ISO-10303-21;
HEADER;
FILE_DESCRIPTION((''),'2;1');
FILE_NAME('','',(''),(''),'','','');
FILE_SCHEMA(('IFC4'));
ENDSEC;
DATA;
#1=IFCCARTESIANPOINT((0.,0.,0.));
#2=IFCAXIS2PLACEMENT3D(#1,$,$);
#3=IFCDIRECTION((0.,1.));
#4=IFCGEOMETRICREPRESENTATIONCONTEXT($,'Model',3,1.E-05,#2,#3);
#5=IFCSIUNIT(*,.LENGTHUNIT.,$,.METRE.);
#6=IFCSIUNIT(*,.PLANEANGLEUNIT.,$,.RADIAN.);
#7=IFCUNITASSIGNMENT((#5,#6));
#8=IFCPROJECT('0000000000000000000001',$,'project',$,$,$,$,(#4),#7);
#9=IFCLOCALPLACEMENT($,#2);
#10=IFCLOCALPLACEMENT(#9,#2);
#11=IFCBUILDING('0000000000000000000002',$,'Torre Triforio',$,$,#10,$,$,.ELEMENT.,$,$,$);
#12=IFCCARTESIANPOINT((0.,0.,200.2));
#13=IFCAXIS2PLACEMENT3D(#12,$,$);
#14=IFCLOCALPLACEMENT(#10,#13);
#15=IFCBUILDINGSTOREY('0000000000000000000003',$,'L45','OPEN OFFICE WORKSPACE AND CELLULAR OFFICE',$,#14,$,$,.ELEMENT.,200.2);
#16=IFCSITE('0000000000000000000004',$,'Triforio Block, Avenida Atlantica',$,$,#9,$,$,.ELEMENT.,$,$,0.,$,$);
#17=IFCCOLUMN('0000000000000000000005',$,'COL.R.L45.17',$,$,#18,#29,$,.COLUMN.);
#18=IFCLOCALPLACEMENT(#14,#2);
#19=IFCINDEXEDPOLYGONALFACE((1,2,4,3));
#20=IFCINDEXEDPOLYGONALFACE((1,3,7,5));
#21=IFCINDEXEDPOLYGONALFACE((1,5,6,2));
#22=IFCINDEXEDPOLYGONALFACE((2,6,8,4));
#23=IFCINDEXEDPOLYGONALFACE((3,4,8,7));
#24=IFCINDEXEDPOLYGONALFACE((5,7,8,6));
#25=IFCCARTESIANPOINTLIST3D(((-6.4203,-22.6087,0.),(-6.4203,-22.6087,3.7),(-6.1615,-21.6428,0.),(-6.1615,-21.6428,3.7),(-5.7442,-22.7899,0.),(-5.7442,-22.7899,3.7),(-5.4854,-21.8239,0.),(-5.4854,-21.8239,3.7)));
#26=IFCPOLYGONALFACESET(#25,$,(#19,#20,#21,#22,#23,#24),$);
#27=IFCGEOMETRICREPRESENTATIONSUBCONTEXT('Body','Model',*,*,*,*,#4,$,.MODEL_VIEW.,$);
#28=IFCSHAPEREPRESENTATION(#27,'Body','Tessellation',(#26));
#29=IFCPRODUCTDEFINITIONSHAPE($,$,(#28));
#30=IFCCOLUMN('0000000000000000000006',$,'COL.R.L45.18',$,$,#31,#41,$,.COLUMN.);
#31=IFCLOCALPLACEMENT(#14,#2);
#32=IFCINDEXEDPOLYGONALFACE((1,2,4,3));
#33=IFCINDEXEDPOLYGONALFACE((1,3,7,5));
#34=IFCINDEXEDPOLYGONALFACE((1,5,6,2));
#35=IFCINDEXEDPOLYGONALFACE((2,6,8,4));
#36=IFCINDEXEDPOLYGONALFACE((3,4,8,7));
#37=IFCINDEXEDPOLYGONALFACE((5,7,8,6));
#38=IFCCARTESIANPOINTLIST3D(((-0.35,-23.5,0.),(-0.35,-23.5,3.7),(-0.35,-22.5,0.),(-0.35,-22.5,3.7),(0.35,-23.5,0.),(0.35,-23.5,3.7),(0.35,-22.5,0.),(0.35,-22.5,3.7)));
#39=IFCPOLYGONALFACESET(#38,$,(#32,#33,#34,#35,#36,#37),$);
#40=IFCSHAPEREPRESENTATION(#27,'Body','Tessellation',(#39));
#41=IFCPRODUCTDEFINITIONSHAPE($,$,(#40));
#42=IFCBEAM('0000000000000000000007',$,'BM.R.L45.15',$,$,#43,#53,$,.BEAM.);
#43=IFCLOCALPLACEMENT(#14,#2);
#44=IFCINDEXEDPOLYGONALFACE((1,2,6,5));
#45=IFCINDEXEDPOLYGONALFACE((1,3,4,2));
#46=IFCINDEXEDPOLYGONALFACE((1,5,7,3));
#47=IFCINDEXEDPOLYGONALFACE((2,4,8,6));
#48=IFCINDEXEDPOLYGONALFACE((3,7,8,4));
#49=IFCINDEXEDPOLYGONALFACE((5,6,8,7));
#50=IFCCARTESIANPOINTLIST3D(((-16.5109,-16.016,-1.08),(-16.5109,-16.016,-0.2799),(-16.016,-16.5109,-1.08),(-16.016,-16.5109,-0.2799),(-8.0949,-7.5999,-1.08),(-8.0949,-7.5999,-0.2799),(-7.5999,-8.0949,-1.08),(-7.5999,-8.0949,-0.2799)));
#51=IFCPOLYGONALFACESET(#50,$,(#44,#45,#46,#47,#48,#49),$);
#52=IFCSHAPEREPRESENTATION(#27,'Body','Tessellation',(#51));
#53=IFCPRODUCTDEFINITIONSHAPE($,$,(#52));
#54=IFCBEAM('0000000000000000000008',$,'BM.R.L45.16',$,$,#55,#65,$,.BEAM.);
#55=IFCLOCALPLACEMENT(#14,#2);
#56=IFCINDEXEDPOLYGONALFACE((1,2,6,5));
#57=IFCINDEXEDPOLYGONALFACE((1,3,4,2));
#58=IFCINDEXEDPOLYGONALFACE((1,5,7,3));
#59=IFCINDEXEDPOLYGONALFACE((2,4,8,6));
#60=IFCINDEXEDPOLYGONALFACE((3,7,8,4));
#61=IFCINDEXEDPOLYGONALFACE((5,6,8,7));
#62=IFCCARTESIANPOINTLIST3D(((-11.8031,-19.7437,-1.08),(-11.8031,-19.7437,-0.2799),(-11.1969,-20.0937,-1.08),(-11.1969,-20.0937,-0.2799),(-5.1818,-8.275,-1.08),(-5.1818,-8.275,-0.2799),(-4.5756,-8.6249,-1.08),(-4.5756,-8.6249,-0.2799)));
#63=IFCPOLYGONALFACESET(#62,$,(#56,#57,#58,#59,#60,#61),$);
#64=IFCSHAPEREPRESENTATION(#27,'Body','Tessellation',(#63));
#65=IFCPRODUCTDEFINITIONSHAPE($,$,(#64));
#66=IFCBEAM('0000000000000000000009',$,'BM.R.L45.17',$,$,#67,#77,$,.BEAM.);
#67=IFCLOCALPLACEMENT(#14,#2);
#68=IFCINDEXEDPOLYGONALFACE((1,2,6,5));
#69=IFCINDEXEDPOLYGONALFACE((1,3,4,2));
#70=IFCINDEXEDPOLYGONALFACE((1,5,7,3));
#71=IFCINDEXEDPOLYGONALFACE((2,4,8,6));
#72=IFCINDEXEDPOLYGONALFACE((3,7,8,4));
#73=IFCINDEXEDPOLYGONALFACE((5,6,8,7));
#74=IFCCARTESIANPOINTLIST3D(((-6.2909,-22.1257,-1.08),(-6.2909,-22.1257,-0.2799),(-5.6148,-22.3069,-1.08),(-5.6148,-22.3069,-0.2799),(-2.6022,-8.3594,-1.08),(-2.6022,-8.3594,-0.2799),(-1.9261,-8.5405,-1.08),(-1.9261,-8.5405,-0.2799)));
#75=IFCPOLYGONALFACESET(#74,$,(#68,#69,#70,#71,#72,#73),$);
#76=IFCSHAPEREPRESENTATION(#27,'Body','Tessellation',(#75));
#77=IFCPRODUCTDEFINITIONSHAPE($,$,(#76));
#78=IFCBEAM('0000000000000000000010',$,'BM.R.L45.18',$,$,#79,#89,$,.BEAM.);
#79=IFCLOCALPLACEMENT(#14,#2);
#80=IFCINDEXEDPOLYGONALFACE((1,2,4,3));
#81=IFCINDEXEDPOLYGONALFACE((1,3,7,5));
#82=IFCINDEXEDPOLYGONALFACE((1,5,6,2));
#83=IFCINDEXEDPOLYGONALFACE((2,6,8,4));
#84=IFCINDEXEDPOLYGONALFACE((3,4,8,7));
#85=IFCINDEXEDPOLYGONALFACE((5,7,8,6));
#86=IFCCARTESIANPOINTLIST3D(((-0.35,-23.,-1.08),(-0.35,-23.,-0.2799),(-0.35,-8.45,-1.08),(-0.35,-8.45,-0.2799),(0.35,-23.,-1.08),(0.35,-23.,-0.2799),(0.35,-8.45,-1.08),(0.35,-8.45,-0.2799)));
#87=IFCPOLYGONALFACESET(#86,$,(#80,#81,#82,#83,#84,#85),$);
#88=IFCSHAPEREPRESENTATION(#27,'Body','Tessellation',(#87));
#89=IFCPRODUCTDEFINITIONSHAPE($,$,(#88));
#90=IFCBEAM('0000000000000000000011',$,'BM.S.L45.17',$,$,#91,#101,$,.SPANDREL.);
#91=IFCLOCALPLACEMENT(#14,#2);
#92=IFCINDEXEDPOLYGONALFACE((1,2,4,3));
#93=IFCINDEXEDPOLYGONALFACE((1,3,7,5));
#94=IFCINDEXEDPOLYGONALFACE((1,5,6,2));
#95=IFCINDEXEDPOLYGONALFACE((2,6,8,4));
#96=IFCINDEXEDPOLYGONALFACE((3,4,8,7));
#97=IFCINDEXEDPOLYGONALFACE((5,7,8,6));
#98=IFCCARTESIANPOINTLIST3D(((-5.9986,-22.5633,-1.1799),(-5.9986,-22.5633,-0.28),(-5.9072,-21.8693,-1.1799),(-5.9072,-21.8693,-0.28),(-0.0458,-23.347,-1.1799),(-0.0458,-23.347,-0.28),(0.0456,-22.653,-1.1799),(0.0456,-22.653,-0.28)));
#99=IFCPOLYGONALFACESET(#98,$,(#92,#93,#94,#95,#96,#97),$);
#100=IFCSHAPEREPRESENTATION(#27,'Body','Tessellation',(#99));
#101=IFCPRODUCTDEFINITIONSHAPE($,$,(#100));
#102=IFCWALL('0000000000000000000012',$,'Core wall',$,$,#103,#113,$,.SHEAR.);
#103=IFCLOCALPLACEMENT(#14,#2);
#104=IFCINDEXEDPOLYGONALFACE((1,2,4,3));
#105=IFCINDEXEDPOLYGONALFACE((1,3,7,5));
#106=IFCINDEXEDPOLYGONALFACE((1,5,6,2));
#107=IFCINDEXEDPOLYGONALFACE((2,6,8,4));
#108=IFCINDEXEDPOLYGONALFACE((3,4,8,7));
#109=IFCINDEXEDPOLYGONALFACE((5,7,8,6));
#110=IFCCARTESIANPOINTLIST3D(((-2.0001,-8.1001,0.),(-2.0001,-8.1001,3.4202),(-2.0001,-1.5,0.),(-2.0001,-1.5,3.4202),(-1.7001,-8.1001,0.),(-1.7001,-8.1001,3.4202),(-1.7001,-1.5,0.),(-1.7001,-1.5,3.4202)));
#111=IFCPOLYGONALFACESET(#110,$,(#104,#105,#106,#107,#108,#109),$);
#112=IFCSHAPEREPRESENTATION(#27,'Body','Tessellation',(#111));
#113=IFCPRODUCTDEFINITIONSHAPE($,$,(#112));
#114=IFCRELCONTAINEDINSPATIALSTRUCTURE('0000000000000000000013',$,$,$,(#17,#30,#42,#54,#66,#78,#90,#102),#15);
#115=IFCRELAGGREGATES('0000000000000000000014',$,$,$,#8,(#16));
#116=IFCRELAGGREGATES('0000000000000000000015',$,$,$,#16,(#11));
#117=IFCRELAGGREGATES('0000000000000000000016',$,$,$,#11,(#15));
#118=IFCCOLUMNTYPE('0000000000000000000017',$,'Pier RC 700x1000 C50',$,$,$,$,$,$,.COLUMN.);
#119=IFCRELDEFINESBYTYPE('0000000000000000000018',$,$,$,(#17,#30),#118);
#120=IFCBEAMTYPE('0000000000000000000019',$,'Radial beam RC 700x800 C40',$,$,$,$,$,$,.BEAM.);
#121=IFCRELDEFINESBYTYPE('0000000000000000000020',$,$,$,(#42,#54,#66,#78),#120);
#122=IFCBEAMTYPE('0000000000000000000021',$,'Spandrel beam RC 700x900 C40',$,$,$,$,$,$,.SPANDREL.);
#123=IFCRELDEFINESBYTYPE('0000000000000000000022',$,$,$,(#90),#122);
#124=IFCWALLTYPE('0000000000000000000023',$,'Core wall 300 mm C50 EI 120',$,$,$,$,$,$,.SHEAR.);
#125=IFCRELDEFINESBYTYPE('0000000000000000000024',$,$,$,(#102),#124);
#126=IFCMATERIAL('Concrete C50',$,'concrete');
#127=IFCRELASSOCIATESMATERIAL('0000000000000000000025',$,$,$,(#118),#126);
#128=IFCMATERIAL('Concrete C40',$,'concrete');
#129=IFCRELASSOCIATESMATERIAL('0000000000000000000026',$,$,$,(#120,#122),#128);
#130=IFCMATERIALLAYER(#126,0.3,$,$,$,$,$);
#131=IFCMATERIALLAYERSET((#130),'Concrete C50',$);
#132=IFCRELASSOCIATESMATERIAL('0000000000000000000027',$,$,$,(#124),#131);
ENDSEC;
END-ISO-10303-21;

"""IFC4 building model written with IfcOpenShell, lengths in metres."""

from ifc_helpers import new_model, si_unit, direction, frame, frame_2d, origin, origin_2d, place, context, subcontext, project, spatial, rectangle, extrude, material, layer, layer_set, material_profile, profile_set, type_object, element, save


model = new_model("IFC4")

# Units and contexts
model_context = context("Model", 3, precision=1e-05, world=origin(), true_north=direction((0.0, 1.0)))
body_context = subcontext(model_context, "Body", "Model", "MODEL_VIEW")
ifc_project = project(units=[si_unit("LENGTHUNIT", "METRE"), si_unit("PLANEANGLEUNIT", "RADIAN")], contexts=[model_context])

# Site, building, storey
site_placement = place(None, origin())
site = spatial("IfcSite", under=ifc_project, at=site_placement, Name="Triforio Block, Avenida Atlantica", CompositionType="ELEMENT", RefElevation=0.0)
building_placement = place(site_placement, origin())
building = spatial("IfcBuilding", under=site, at=building_placement, Name="Torre Triforio", CompositionType="ELEMENT")
storey_placement = place(building_placement, frame((0.0, 0.0, 200.2)))
storey = spatial("IfcBuildingStorey", under=building, at=storey_placement, Name="L45", Description="OPEN OFFICE WORKSPACE AND CELLULAR OFFICE", CompositionType="ELEMENT", Elevation=200.2)

# Columns
ifc_material_1 = material(Name="Concrete C50", Category="concrete")
ifc_material_profile_1 = material_profile(ifc_material_1, rectangle(XDim=0.7, YDim=1.0, at=origin_2d()), Name="RC 700x1000")
ifc_profile_set_1 = profile_set([ifc_material_profile_1], Name="Concrete C50")
column_type = type_object("IfcColumnType", Name="Pier RC 700x1000 C50", PredefinedType="COLUMN", material=ifc_profile_set_1)
for number, where, z_axis, x_axis, name in (
    (1, (-5.9529, -22.2163, 0.0), (0.0, 0.0, 1.0), (0.965926, -0.258819, 0.0), "COL.R.L45.17"),
    (2, (0.0, -23.0, 0.0), (0.0, 0.0, 1.0), (1.0, 0.0, 0.0), "COL.R.L45.18"),
):
    element("IfcColumn", number, at=place(storey_placement, frame(where, z_axis=z_axis, x_axis=x_axis)), inside=storey, type_object=column_type, Name=name, PredefinedType="COLUMN", context=body_context, shape_type="SweptSolid", body=[
        extrude(rectangle(XDim=0.7, YDim=1.0, at=origin_2d()), origin(), (0.0, 0.0, 1.0), 3.7),
    ])

# Beams
ifc_material_2 = material(Name="Concrete C40", Category="concrete")
ifc_material_profile_2 = material_profile(ifc_material_2, rectangle(XDim=0.7, YDim=0.8, at=origin_2d()), Name="RC 700x800")
ifc_profile_set_2 = profile_set([ifc_material_profile_2], Name="Concrete C40")
beam_type_1 = type_object("IfcBeamType", Name="Radial beam RC 700x800 C40", PredefinedType="BEAM", material=ifc_profile_set_2)
beam_1_placement = place(storey_placement, frame((-7.8474, -7.8474, -0.6799), z_axis=(-0.707107, -0.707107, 0.0), x_axis=(0.707107, -0.707107, 0.0)))
element("IfcBeam", 3, at=beam_1_placement, inside=storey, type_object=beam_type_1, Name="BM.R.L45.15", PredefinedType="BEAM", context=body_context, shape_type="SweptSolid", body=[
    extrude(rectangle(XDim=0.7, YDim=0.8, at=origin_2d()), origin(), (0.0, 0.0, 1.0), 11.9021),
])
beam_2_placement = place(storey_placement, frame((-4.8787, -8.45, -0.6799), z_axis=(-0.499992, -0.86603, 0.0), x_axis=(0.86603, -0.499992, 0.0)))
element("IfcBeam", 4, at=beam_2_placement, inside=storey, type_object=beam_type_1, Name="BM.R.L45.16", PredefinedType="BEAM", context=body_context, shape_type="SweptSolid", body=[
    extrude(rectangle(XDim=0.7, YDim=0.8, at=origin_2d()), origin(), (0.0, 0.0, 1.0), 13.2429),
])
beam_3_placement = place(storey_placement, frame((-2.2642, -8.45, -0.6799), z_axis=(-0.258821, -0.965925, 0.0), x_axis=(0.965925, -0.258821, 0.0)))
element("IfcBeam", 5, at=beam_3_placement, inside=storey, type_object=beam_type_1, Name="BM.R.L45.17", PredefinedType="BEAM", context=body_context, shape_type="SweptSolid", body=[
    extrude(rectangle(XDim=0.7, YDim=0.8, at=origin_2d()), origin(), (0.0, 0.0, 1.0), 14.252),
])
beam_4_placement = place(storey_placement, frame((0.0, -8.45, -0.6799), z_axis=(0.0, -1.0, 0.0), x_axis=(1.0, 0.0, 0.0)))
element("IfcBeam", 6, at=beam_4_placement, inside=storey, type_object=beam_type_1, Name="BM.R.L45.18", PredefinedType="BEAM", context=body_context, shape_type="SweptSolid", body=[
    extrude(rectangle(XDim=0.7, YDim=0.8, at=origin_2d()), origin(), (0.0, 0.0, 1.0), 14.55),
])
ifc_material_profile_3 = material_profile(ifc_material_2, rectangle(XDim=0.7, YDim=0.8999, at=origin_2d()), Name="RC 700x900")
ifc_profile_set_3 = profile_set([ifc_material_profile_3], Name="Concrete C40")
beam_type_2 = type_object("IfcBeamType", Name="Spandrel beam RC 700x900 C40", PredefinedType="SPANDREL", material=ifc_profile_set_3)
beam_5_placement = place(storey_placement, frame((-5.9529, -22.2163, -0.73), z_axis=(0.991445, -0.130523, 0.0), x_axis=(0.130523, 0.991445, 0.0)))
element("IfcBeam", 7, at=beam_5_placement, inside=storey, type_object=beam_type_2, Name="BM.S.L45.17", PredefinedType="SPANDREL", context=body_context, shape_type="SweptSolid", body=[
    extrude(rectangle(XDim=0.7, YDim=0.8999, at=origin_2d()), origin(), (0.0, 0.0, 1.0), 6.0042),
])

# Wall
ifc_layer_1 = layer(ifc_material_1, 0.3)
ifc_layer_set_1 = layer_set([ifc_layer_1], Name="Concrete C50")
wall_type_1 = type_object("IfcWallType", Name="Core wall 300 mm C50 EI 120", PredefinedType="SHEAR", material=ifc_layer_set_1)
wall_1_placement = place(storey_placement, frame((-1.8501, -8.1001, 0.0), z_axis=(0.0, 0.0, 1.0), x_axis=(0.0, 1.0, 0.0)))
element("IfcWall", 8, at=wall_1_placement, inside=storey, type_object=wall_type_1, Name="Core wall", PredefinedType="SHEAR", context=body_context, shape_type="SweptSolid", body=[
    extrude(rectangle(XDim=6.6001, YDim=0.3, at=frame_2d((3.3, 0.0))), origin(), (0.0, 0.0, 1.0), 3.4202),
])

save(model, "model.ifc")
